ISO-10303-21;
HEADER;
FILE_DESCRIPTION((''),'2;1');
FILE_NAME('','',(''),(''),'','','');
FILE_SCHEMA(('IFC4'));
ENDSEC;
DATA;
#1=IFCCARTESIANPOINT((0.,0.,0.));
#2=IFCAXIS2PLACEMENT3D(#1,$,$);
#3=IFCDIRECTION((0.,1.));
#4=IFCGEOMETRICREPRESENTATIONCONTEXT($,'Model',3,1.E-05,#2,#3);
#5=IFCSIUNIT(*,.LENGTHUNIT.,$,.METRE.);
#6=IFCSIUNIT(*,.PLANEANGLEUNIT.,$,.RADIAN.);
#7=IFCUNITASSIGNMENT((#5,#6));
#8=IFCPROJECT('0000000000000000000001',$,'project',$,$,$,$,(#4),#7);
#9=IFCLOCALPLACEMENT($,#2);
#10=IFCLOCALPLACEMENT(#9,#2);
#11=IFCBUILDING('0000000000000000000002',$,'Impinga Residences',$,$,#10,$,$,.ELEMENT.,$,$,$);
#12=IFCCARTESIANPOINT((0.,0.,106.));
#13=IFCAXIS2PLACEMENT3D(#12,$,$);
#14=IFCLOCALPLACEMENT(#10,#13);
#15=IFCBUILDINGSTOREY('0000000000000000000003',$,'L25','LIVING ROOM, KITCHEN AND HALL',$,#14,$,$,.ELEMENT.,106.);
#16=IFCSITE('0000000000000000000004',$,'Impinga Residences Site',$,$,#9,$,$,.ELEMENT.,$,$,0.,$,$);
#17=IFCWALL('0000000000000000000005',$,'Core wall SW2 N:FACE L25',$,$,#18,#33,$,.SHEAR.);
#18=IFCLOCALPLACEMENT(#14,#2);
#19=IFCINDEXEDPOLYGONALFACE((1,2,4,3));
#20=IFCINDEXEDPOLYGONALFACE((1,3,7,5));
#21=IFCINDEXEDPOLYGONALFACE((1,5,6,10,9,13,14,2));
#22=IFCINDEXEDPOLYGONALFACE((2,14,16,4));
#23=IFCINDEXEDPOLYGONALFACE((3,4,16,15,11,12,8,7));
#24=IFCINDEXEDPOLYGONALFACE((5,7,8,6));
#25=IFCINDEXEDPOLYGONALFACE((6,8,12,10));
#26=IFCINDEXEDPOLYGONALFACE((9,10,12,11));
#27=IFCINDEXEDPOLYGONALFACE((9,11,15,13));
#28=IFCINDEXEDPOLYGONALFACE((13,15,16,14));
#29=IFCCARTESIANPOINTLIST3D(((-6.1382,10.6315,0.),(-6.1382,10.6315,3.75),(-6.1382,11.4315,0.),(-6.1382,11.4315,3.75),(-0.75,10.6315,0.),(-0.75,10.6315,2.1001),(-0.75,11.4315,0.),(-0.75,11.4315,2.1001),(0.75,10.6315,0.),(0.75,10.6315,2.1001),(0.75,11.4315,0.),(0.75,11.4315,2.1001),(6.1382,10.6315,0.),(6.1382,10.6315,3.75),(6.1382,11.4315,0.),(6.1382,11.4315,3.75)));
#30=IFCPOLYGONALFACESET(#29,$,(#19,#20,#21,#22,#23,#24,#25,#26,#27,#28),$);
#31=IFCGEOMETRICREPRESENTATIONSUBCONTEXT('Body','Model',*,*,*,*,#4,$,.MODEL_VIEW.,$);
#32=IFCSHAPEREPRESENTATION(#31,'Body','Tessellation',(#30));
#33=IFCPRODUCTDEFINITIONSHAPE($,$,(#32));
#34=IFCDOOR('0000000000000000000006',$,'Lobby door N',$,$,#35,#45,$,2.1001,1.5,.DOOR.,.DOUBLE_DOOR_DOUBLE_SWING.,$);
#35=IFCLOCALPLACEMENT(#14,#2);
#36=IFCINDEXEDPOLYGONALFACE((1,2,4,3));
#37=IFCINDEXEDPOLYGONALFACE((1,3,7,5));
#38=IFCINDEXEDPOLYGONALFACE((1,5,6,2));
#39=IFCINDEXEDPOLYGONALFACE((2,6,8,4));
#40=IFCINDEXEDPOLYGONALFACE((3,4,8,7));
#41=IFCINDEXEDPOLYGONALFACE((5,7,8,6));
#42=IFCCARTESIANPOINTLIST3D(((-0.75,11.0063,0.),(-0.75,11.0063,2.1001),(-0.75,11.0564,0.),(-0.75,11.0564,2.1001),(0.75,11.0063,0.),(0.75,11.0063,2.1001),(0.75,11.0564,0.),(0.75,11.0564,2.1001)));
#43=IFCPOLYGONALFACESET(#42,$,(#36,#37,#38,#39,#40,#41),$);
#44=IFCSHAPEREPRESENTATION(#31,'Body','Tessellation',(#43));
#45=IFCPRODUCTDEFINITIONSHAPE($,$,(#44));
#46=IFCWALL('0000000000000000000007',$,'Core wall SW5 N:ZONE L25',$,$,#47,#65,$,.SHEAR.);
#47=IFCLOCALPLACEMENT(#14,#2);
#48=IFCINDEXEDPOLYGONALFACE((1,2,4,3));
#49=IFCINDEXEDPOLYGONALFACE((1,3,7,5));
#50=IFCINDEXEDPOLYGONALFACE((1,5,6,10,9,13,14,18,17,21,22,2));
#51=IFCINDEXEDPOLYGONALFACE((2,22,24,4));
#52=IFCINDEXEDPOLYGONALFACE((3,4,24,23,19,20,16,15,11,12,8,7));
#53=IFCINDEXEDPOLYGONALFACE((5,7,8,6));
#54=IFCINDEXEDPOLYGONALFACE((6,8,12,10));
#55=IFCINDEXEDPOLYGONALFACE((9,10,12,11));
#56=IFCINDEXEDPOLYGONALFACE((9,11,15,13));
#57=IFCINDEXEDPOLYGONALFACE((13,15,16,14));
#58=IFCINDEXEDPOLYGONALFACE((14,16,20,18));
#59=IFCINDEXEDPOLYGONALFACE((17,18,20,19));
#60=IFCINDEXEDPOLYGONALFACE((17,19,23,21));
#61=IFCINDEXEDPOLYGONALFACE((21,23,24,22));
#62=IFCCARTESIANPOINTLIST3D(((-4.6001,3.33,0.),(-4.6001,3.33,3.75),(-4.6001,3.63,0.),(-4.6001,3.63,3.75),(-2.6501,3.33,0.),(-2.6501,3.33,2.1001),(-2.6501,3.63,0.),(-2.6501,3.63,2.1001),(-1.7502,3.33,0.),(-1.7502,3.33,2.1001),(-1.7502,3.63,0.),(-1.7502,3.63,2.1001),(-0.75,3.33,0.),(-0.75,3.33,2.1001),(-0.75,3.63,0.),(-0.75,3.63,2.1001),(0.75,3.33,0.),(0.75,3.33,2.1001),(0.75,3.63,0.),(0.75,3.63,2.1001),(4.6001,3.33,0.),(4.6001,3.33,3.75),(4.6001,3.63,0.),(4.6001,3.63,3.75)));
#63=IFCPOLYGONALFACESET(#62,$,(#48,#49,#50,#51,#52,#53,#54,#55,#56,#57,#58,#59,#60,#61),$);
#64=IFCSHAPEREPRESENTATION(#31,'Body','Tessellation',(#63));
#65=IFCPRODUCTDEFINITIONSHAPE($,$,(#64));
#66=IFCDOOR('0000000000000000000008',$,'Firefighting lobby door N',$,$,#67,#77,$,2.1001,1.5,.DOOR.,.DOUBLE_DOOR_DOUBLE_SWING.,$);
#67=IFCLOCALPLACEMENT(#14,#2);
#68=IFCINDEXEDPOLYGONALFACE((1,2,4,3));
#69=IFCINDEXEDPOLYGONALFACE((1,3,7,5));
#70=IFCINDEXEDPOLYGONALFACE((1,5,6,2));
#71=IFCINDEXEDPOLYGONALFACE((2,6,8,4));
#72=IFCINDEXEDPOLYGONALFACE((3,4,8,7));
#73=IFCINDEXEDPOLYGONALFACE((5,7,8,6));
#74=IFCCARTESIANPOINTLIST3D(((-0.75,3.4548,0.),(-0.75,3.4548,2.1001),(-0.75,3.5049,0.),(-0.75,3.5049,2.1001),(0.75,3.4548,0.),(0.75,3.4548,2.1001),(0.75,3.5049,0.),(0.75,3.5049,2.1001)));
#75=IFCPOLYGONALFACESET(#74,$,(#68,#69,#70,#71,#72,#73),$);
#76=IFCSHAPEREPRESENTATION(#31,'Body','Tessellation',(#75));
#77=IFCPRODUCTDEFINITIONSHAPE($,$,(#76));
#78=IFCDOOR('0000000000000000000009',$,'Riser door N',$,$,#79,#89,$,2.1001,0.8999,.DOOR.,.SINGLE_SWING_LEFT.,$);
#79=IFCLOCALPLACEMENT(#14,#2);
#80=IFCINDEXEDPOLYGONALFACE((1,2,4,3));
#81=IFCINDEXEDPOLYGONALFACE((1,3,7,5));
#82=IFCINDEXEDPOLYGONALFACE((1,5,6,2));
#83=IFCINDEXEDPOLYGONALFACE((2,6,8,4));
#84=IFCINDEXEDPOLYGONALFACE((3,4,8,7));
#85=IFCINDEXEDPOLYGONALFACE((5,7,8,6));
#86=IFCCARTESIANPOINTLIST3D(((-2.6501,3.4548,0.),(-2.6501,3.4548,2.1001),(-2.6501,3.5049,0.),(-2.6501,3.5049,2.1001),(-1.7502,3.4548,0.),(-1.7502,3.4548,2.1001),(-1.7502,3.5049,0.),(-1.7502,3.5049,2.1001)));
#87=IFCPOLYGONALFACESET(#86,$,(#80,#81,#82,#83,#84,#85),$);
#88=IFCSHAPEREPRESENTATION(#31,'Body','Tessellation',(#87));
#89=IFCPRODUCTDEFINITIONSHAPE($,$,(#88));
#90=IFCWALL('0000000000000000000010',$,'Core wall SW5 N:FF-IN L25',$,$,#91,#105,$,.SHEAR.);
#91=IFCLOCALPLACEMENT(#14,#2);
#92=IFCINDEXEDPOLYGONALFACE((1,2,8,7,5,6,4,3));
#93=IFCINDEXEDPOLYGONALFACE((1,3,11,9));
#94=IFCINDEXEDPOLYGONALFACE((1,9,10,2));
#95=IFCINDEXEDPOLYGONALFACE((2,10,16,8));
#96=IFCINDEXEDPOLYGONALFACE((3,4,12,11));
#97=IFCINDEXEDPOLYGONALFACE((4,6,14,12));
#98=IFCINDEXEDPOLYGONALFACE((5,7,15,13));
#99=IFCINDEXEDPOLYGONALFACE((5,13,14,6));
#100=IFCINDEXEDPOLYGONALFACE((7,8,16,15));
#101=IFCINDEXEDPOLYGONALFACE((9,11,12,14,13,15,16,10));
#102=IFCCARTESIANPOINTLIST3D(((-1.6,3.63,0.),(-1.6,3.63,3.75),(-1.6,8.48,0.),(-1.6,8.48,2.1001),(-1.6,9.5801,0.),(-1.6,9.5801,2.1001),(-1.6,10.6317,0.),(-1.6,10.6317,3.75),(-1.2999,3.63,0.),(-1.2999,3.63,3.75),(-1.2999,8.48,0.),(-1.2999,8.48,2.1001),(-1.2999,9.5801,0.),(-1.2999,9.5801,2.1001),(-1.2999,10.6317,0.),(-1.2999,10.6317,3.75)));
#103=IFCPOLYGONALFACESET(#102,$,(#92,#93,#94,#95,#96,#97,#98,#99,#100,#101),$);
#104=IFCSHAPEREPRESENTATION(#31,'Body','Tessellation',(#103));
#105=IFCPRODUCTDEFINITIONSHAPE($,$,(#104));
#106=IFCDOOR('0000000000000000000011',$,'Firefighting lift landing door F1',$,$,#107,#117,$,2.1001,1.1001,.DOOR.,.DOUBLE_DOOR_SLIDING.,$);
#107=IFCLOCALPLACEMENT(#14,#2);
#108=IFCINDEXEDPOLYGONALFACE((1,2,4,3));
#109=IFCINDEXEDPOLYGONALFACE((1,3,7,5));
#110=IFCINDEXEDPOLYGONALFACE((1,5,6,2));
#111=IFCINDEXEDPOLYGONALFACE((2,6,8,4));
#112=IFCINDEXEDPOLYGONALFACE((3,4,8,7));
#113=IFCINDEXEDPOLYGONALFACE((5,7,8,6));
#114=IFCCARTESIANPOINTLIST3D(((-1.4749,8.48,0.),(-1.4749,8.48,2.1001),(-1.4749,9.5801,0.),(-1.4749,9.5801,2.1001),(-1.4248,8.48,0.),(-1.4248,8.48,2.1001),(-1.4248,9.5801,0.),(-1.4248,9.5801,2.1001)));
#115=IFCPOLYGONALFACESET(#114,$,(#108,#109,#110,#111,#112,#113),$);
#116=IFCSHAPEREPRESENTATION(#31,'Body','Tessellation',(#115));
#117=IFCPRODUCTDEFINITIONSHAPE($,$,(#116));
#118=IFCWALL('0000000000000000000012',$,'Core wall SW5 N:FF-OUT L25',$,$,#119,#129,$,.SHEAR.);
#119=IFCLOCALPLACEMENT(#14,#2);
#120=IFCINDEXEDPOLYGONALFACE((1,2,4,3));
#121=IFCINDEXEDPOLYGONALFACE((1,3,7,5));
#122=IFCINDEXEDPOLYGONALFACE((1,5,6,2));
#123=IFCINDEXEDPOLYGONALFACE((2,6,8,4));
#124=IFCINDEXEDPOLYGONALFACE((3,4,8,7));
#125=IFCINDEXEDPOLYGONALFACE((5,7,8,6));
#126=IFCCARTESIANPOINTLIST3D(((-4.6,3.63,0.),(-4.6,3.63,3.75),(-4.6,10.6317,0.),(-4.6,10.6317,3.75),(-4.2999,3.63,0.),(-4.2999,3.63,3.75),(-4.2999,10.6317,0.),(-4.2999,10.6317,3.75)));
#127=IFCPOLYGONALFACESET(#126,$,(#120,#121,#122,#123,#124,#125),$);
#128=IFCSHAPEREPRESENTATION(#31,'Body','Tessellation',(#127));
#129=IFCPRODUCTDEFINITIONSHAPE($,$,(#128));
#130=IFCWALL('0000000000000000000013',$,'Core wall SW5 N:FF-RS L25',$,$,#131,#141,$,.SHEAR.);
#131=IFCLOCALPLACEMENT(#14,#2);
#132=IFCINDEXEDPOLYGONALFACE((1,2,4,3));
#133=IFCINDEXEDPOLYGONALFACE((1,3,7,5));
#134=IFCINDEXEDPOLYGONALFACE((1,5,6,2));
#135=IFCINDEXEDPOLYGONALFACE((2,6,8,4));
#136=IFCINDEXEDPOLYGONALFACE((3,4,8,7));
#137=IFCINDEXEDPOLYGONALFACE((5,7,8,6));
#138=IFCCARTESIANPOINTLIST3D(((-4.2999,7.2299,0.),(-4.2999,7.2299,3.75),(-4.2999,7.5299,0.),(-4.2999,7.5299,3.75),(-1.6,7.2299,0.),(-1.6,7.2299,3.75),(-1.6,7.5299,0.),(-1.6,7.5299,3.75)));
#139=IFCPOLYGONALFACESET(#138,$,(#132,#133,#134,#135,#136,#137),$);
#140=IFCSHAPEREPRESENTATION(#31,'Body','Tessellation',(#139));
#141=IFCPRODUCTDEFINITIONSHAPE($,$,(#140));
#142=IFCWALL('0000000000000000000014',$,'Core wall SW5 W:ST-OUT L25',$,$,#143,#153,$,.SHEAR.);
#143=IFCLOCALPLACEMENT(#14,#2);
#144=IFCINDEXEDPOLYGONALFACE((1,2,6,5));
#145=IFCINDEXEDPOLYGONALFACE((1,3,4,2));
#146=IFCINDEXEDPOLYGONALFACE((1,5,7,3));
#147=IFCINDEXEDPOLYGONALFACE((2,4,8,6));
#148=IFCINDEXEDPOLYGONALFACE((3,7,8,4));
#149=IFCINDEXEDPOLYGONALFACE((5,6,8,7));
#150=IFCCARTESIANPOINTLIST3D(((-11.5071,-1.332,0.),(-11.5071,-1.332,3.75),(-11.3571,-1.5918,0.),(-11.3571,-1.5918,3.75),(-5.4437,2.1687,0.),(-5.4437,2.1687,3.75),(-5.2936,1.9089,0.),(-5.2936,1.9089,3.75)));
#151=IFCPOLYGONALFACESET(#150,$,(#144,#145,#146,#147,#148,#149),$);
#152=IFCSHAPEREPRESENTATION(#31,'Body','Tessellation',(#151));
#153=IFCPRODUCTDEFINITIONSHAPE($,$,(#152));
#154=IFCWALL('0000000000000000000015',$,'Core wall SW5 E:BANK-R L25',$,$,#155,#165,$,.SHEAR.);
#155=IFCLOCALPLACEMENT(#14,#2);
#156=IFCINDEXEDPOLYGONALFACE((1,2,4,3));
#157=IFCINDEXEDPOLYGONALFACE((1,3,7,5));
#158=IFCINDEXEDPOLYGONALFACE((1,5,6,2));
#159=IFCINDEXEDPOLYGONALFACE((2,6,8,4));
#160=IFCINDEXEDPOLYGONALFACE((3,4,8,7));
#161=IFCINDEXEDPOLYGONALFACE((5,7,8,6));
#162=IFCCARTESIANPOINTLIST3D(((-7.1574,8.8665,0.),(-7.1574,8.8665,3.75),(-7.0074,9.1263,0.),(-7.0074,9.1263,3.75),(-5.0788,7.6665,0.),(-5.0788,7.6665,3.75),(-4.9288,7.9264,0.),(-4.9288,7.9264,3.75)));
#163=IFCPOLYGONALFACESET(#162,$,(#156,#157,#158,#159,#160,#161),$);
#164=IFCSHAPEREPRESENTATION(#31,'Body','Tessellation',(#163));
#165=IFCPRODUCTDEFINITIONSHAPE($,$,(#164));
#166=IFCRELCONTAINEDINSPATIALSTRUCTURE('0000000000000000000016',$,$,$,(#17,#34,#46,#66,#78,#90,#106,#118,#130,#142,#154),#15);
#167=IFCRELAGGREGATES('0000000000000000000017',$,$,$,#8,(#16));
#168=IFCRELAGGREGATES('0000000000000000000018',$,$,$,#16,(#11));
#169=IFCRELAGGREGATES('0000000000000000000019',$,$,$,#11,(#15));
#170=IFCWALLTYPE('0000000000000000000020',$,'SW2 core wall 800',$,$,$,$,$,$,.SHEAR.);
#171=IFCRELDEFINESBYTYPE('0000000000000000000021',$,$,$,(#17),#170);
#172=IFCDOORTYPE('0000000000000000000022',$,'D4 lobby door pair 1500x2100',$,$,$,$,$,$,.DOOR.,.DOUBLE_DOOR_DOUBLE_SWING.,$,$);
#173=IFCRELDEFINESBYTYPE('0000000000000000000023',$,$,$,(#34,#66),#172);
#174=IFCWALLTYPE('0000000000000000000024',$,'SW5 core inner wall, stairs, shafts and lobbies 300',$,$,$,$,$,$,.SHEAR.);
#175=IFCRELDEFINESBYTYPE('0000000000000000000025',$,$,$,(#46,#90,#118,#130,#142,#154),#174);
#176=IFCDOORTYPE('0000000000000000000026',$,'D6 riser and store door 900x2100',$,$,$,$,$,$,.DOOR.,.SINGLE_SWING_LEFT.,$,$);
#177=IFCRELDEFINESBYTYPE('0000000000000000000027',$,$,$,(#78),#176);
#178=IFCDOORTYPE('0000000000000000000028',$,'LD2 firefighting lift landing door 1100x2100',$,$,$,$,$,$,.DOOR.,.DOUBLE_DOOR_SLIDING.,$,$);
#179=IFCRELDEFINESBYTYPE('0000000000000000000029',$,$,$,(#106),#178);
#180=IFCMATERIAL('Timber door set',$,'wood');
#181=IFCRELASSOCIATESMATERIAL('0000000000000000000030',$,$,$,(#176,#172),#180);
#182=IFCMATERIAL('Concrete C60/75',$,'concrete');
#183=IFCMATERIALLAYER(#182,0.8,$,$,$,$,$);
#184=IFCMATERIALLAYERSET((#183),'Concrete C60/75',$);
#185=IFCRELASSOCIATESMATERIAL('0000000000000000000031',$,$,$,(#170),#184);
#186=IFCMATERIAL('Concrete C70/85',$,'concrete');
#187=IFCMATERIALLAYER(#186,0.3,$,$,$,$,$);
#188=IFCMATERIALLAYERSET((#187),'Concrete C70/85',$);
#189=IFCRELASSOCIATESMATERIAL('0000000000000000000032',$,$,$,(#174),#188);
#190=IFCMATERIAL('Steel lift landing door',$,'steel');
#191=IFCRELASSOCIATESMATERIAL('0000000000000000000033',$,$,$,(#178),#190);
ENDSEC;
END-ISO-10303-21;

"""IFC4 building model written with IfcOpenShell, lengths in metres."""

from ifc_helpers import new_model, si_unit, direction, frame, frame_2d, origin, place, context, subcontext, project, spatial, rectangle, extrude, material, layer, layer_set, type_object, element, fill, save


model = new_model("IFC4")

# Units and contexts
model_context = context("Model", 3, precision=1e-05, world=origin(), true_north=direction((0.0, 1.0)))
body_context = subcontext(model_context, "Body", "Model", "MODEL_VIEW")
ifc_project = project(units=[si_unit("LENGTHUNIT", "METRE"), si_unit("PLANEANGLEUNIT", "RADIAN")], contexts=[model_context])

# Site, building, storey
site_placement = place(None, origin())
site = spatial("IfcSite", under=ifc_project, at=site_placement, Name="Impinga Residences Site", CompositionType="ELEMENT", RefElevation=0.0)
building_placement = place(site_placement, origin())
building = spatial("IfcBuilding", under=site, at=building_placement, Name="Impinga Residences", CompositionType="ELEMENT")
storey_placement = place(building_placement, frame((0.0, 0.0, 106.0)))
storey = spatial("IfcBuildingStorey", under=building, at=storey_placement, Name="L25", Description="LIVING ROOM, KITCHEN AND HALL", CompositionType="ELEMENT", Elevation=106.0)

# Shared definitions
ifc_material_1 = material(Name="Concrete C60/75", Category="concrete")
ifc_material_2 = material(Name="Timber door set", Category="wood")

# Wall, opening, door
door_type_1 = type_object("IfcDoorType", Name="D6 riser and store door 900x2100", OperationType="SINGLE_SWING_LEFT", PredefinedType="DOOR", material=ifc_material_2)
ifc_layer_1 = layer(ifc_material_1, 0.8)
ifc_layer_set_1 = layer_set([ifc_layer_1], Name="Concrete C60/75")
wall_type_1 = type_object("IfcWallType", Name="SW2 core wall 800", PredefinedType="SHEAR", material=ifc_layer_set_1)
wall_1_placement = place(storey_placement, frame((-6.1382, 11.0315, 0.0), z_axis=(0.0, 0.0, 1.0), x_axis=(1.0, 0.0, 0.0)))
wall_1 = element("IfcWall", 1, at=wall_1_placement, inside=storey, type_object=wall_type_1, Name="Core wall SW2 N:FACE L25", PredefinedType="SHEAR", context=body_context, shape_type="SweptSolid", body=[
    extrude(rectangle(XDim=12.2764, YDim=0.8, at=frame_2d((6.1382, 0.0))), origin(), (0.0, 0.0, 1.0), 3.75),
])
opening_1_placement = place(wall_1_placement, frame((5.3882, 0.0, 0.0)))
opening_1 = element("IfcOpeningElement", 2, at=opening_1_placement, cuts=wall_1, PredefinedType="OPENING", context=body_context, shape_type="SweptSolid", body=[
    extrude(rectangle(XDim=1.5, YDim=2.1001, at=frame_2d((0.75, 1.05))), frame((0.0, 0.4099, 0.0), z_axis=(0.0, -1.0, 0.0), x_axis=(1.0, 0.0, 0.0)), (0.0, 0.0, 1.0), 0.8201),
])
door_type_2 = type_object("IfcDoorType", Name="D4 lobby door pair 1500x2100", OperationType="DOUBLE_DOOR_DOUBLE_SWING", PredefinedType="DOOR", material=ifc_material_2)
door_1_placement = place(opening_1_placement, origin())
door_1 = element("IfcDoor", 3, at=door_1_placement, inside=storey, type_object=door_type_2, Name="Lobby door N", OperationType="DOUBLE_DOOR_DOUBLE_SWING", OverallHeight=2.1001, OverallWidth=1.5, PredefinedType="DOOR", context=body_context, shape_type="SweptSolid", body=[
    extrude(rectangle(XDim=1.5, YDim=2.1001, at=frame_2d((0.75, 1.05))), frame((0.0, 0.0249, 0.0), z_axis=(0.0, -1.0, 0.0), x_axis=(1.0, 0.0, 0.0)), (0.0, 0.0, 1.0), 0.05),
])
fill(opening_1, door_1)

# Wall, openings, doors
ifc_material_3 = material(Name="Concrete C70/85", Category="concrete")
ifc_layer_2 = layer(ifc_material_3, 0.3)
ifc_layer_set_2 = layer_set([ifc_layer_2], Name="Concrete C70/85")
wall_type_2 = type_object("IfcWallType", Name="SW5 core inner wall, stairs, shafts and lobbies 300", PredefinedType="SHEAR", material=ifc_layer_set_2)
wall_2_placement = place(storey_placement, frame((-4.6001, 3.48, 0.0), z_axis=(0.0, 0.0, 1.0), x_axis=(1.0, 0.0, 0.0)))
wall_2 = element("IfcWall", 4, at=wall_2_placement, inside=storey, type_object=wall_type_2, Name="Core wall SW5 N:ZONE L25", PredefinedType="SHEAR", context=body_context, shape_type="SweptSolid", body=[
    extrude(rectangle(XDim=9.2002, YDim=0.3, at=frame_2d((4.6001, 0.0))), origin(), (0.0, 0.0, 1.0), 3.75),
])
opening_2_placement = place(wall_2_placement, frame((3.8501, 0.0, 0.0)))
opening_2 = element("IfcOpeningElement", 5, at=opening_2_placement, cuts=wall_2, PredefinedType="OPENING", context=body_context, shape_type="SweptSolid", body=[
    extrude(rectangle(XDim=1.5, YDim=2.1001, at=frame_2d((0.75, 1.05))), frame((0.0, 0.1599, 0.0), z_axis=(0.0, -1.0, 0.0), x_axis=(1.0, 0.0, 0.0)), (0.0, 0.0, 1.0), 0.3201),
])
opening_3_placement = place(wall_2_placement, frame((1.95, 0.0, 0.0)))
opening_3 = element("IfcOpeningElement", 6, at=opening_3_placement, cuts=wall_2, PredefinedType="OPENING", context=body_context, shape_type="SweptSolid", body=[
    extrude(rectangle(XDim=0.8999, YDim=2.1001, at=frame_2d((0.45, 1.05))), frame((0.0, 0.1599, 0.0), z_axis=(0.0, -1.0, 0.0), x_axis=(1.0, 0.0, 0.0)), (0.0, 0.0, 1.0), 0.3201),
])
door_2_placement = place(opening_2_placement, origin())
door_2 = element("IfcDoor", 7, at=door_2_placement, inside=storey, type_object=door_type_2, Name="Firefighting lobby door N", OperationType="DOUBLE_DOOR_DOUBLE_SWING", OverallHeight=2.1001, OverallWidth=1.5, PredefinedType="DOOR", context=body_context, shape_type="SweptSolid", body=[
    extrude(rectangle(XDim=1.5, YDim=2.1001, at=frame_2d((0.75, 1.05))), frame((0.0, 0.0249, 0.0), z_axis=(0.0, -1.0, 0.0), x_axis=(1.0, 0.0, 0.0)), (0.0, 0.0, 1.0), 0.05),
])
fill(opening_2, door_2)
door_3_placement = place(opening_3_placement, origin())
door_3 = element("IfcDoor", 8, at=door_3_placement, inside=storey, type_object=door_type_1, Name="Riser door N", OperationType="SINGLE_SWING_LEFT", OverallHeight=2.1001, OverallWidth=0.8999, PredefinedType="DOOR", context=body_context, shape_type="SweptSolid", body=[
    extrude(rectangle(XDim=0.8999, YDim=2.1001, at=frame_2d((0.45, 1.05))), frame((0.0, 0.0249, 0.0), z_axis=(0.0, -1.0, 0.0), x_axis=(1.0, 0.0, 0.0)), (0.0, 0.0, 1.0), 0.05),
])
fill(opening_3, door_3)

# Wall, opening, door
wall_3_placement = place(storey_placement, frame((-1.45, 3.6299, 0.0), z_axis=(0.0, 0.0, 1.0), x_axis=(0.0, 1.0, 0.0)))
wall_3 = element("IfcWall", 9, at=wall_3_placement, inside=storey, type_object=wall_type_2, Name="Core wall SW5 N:FF-IN L25", PredefinedType="SHEAR", context=body_context, shape_type="SweptSolid", body=[
    extrude(rectangle(XDim=7.0017, YDim=0.3, at=frame_2d((3.501, 0.0))), origin(), (0.0, 0.0, 1.0), 3.75),
])
opening_4_placement = place(wall_3_placement, frame((4.8501, 0.0, 0.0)))
opening_4 = element("IfcOpeningElement", 10, at=opening_4_placement, cuts=wall_3, PredefinedType="OPENING", context=body_context, shape_type="SweptSolid", body=[
    extrude(rectangle(XDim=1.1001, YDim=2.1001, at=frame_2d((0.55, 1.05))), frame((0.0, 0.1599, 0.0), z_axis=(0.0, -1.0, 0.0), x_axis=(1.0, 0.0, 0.0)), (0.0, 0.0, 1.0), 0.3201),
])
ifc_material_4 = material(Name="Steel lift landing door", Category="steel")
door_type_3 = type_object("IfcDoorType", Name="LD2 firefighting lift landing door 1100x2100", OperationType="DOUBLE_DOOR_SLIDING", PredefinedType="DOOR", material=ifc_material_4)
door_4_placement = place(opening_4_placement, origin())
door_4 = element("IfcDoor", 11, at=door_4_placement, inside=storey, type_object=door_type_3, Name="Firefighting lift landing door F1", OperationType="DOUBLE_DOOR_SLIDING", OverallHeight=2.1001, OverallWidth=1.1001, PredefinedType="DOOR", context=body_context, shape_type="SweptSolid", body=[
    extrude(rectangle(XDim=1.1001, YDim=2.1001, at=frame_2d((0.55, 1.05))), frame((0.0, 0.0249, 0.0), z_axis=(0.0, -1.0, 0.0), x_axis=(1.0, 0.0, 0.0)), (0.0, 0.0, 1.0), 0.05),
])
fill(opening_4, door_4)

# Walls
wall_4_placement = place(storey_placement, frame((-4.45, 3.6299, 0.0), z_axis=(0.0, 0.0, 1.0), x_axis=(0.0, 1.0, 0.0)))
element("IfcWall", 12, at=wall_4_placement, inside=storey, type_object=wall_type_2, Name="Core wall SW5 N:FF-OUT L25", PredefinedType="SHEAR", context=body_context, shape_type="SweptSolid", body=[
    extrude(rectangle(XDim=7.0017, YDim=0.3, at=frame_2d((3.501, 0.0))), origin(), (0.0, 0.0, 1.0), 3.75),
])
wall_5_placement = place(storey_placement, frame((-4.3, 7.3799, 0.0), z_axis=(0.0, 0.0, 1.0), x_axis=(1.0, 0.0, 0.0)))
element("IfcWall", 13, at=wall_5_placement, inside=storey, type_object=wall_type_2, Name="Core wall SW5 N:FF-RS L25", PredefinedType="SHEAR", context=body_context, shape_type="SweptSolid", body=[
    extrude(rectangle(XDim=2.7, YDim=0.3, at=frame_2d((1.3501, 0.0))), origin(), (0.0, 0.0, 1.0), 3.75),
])
wall_6_placement = place(storey_placement, frame((-5.3687, 2.0388, 0.0), z_axis=(0.0, 0.0, 1.0), x_axis=(-0.866026, -0.499998, 0.0)))
element("IfcWall", 14, at=wall_6_placement, inside=storey, type_object=wall_type_2, Name="Core wall SW5 W:ST-OUT L25", PredefinedType="SHEAR", context=body_context, shape_type="SweptSolid", body=[
    extrude(rectangle(XDim=7.0015, YDim=0.3, at=frame_2d((3.5007, 0.0))), origin(), (0.0, 0.0, 1.0), 3.75),
])
wall_7_placement = place(storey_placement, frame((-5.0037, 7.7964, 0.0), z_axis=(0.0, 0.0, 1.0), x_axis=(-0.86605, 0.499957, 0.0)))
element("IfcWall", 15, at=wall_7_placement, inside=storey, type_object=wall_type_2, Name="Core wall SW5 E:BANK-R L25", PredefinedType="SHEAR", context=body_context, shape_type="SweptSolid", body=[
    extrude(rectangle(XDim=2.4001, YDim=0.3, at=frame_2d((1.2002, 0.0))), origin(), (0.0, 0.0, 1.0), 3.75),
])

save(model, "model.ifc")
